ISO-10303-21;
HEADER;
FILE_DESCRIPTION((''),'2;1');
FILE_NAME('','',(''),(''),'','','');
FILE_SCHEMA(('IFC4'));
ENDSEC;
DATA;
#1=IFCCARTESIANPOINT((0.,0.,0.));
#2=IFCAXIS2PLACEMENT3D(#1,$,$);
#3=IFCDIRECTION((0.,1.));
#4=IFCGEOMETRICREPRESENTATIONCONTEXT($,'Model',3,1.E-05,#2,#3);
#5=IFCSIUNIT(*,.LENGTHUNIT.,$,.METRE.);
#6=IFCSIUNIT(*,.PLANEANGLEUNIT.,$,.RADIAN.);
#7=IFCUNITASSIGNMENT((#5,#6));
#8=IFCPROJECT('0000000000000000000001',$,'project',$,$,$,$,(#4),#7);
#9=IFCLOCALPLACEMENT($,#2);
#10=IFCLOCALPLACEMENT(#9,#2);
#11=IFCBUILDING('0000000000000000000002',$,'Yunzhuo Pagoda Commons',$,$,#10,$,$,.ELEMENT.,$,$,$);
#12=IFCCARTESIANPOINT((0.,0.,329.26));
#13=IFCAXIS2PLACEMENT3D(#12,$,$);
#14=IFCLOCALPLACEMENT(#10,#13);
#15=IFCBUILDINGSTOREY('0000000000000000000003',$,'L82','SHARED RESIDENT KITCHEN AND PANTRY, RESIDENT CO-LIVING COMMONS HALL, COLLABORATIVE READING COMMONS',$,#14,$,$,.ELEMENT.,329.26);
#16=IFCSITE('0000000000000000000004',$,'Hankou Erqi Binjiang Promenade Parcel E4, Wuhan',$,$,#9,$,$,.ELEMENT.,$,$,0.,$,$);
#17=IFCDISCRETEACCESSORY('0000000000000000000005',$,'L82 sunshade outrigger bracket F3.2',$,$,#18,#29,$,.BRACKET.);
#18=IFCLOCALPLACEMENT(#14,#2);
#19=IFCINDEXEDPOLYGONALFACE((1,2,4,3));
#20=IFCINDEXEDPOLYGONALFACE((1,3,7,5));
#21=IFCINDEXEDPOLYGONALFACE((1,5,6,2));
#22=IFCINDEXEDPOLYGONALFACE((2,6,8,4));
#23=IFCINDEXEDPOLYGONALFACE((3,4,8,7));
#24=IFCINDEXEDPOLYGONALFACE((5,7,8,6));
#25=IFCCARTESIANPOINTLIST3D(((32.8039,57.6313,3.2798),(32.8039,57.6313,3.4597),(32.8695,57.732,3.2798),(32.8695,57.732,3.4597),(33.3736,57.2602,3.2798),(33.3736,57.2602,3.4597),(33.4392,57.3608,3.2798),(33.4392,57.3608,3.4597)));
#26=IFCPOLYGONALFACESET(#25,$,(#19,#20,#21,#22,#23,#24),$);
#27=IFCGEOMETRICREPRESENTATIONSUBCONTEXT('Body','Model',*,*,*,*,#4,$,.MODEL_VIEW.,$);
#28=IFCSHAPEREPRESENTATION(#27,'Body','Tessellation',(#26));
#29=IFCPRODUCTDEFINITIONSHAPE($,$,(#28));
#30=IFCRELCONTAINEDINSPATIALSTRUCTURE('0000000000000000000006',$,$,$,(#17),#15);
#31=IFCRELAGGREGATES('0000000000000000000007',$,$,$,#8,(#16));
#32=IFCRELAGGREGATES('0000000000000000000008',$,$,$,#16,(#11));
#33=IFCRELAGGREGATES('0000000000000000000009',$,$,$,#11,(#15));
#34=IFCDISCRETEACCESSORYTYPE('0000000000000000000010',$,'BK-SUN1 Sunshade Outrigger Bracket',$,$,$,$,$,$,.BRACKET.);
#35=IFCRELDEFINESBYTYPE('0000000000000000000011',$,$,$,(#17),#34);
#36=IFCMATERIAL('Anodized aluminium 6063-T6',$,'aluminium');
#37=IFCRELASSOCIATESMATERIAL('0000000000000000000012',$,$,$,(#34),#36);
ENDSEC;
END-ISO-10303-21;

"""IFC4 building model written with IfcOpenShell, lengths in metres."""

from ifc_helpers import new_model, si_unit, direction, frame, origin, origin_2d, place, context, subcontext, project, spatial, rectangle, extrude, source, transform, mapped, material, type_object, element, save


model = new_model("IFC4")

# Units and contexts
model_context = context("Model", 3, precision=1e-05, world=origin(), true_north=direction((0.0, 1.0)))
body_context = subcontext(model_context, "Body", "Model", "MODEL_VIEW")
ifc_project = project(units=[si_unit("LENGTHUNIT", "METRE"), si_unit("PLANEANGLEUNIT", "RADIAN")], contexts=[model_context])

# Site, building, storey
site_placement = place(None, origin())
site = spatial("IfcSite", under=ifc_project, at=site_placement, Name="Hankou Erqi Binjiang Promenade Parcel E4, Wuhan", CompositionType="ELEMENT", RefElevation=0.0)
building_placement = place(site_placement, origin())
building = spatial("IfcBuilding", under=site, at=building_placement, Name="Yunzhuo Pagoda Commons", CompositionType="ELEMENT")
storey_placement = place(building_placement, frame((0.0, 0.0, 329.26)))
storey = spatial("IfcBuildingStorey", under=building, at=storey_placement, Name="L82", Description="SHARED RESIDENT KITCHEN AND PANTRY, RESIDENT CO-LIVING COMMONS HALL, COLLABORATIVE READING COMMONS", CompositionType="ELEMENT", Elevation=329.26)

# Shared definitions
ifc_material_1 = material(Name="Anodized aluminium 6063-T6", Category="aluminium")

# Discrete accessory
discrete_accessory_type = type_object("IfcDiscreteAccessoryType", Name="BK-SUN1 Sunshade Outrigger Bracket", PredefinedType="BRACKET", material=ifc_material_1)
shared_shape_1 = source(origin(), body_context, "Body", "SweptSolid", [
    extrude(rectangle(XDim=0.1201, YDim=0.6799, at=origin_2d()), origin(), (0.0, 0.0, 1.0), 0.1799),
])
discrete_accessory_placement = place(storey_placement, frame((33.1216, 57.4961, 3.2798), z_axis=(0.0, 0.0, 1.0), x_axis=(-0.545853, -0.837881, 0.0)))
element("IfcDiscreteAccessory", 1, at=discrete_accessory_placement, inside=storey, type_object=discrete_accessory_type, Name="L82 sunshade outrigger bracket F3.2", PredefinedType="BRACKET", context=body_context, shape_type="MappedRepresentation", body=[
    mapped(shared_shape_1, transform((0.0, 0.0, 0.0), scale=1.0)),
])

save(model, "model.ifc")
